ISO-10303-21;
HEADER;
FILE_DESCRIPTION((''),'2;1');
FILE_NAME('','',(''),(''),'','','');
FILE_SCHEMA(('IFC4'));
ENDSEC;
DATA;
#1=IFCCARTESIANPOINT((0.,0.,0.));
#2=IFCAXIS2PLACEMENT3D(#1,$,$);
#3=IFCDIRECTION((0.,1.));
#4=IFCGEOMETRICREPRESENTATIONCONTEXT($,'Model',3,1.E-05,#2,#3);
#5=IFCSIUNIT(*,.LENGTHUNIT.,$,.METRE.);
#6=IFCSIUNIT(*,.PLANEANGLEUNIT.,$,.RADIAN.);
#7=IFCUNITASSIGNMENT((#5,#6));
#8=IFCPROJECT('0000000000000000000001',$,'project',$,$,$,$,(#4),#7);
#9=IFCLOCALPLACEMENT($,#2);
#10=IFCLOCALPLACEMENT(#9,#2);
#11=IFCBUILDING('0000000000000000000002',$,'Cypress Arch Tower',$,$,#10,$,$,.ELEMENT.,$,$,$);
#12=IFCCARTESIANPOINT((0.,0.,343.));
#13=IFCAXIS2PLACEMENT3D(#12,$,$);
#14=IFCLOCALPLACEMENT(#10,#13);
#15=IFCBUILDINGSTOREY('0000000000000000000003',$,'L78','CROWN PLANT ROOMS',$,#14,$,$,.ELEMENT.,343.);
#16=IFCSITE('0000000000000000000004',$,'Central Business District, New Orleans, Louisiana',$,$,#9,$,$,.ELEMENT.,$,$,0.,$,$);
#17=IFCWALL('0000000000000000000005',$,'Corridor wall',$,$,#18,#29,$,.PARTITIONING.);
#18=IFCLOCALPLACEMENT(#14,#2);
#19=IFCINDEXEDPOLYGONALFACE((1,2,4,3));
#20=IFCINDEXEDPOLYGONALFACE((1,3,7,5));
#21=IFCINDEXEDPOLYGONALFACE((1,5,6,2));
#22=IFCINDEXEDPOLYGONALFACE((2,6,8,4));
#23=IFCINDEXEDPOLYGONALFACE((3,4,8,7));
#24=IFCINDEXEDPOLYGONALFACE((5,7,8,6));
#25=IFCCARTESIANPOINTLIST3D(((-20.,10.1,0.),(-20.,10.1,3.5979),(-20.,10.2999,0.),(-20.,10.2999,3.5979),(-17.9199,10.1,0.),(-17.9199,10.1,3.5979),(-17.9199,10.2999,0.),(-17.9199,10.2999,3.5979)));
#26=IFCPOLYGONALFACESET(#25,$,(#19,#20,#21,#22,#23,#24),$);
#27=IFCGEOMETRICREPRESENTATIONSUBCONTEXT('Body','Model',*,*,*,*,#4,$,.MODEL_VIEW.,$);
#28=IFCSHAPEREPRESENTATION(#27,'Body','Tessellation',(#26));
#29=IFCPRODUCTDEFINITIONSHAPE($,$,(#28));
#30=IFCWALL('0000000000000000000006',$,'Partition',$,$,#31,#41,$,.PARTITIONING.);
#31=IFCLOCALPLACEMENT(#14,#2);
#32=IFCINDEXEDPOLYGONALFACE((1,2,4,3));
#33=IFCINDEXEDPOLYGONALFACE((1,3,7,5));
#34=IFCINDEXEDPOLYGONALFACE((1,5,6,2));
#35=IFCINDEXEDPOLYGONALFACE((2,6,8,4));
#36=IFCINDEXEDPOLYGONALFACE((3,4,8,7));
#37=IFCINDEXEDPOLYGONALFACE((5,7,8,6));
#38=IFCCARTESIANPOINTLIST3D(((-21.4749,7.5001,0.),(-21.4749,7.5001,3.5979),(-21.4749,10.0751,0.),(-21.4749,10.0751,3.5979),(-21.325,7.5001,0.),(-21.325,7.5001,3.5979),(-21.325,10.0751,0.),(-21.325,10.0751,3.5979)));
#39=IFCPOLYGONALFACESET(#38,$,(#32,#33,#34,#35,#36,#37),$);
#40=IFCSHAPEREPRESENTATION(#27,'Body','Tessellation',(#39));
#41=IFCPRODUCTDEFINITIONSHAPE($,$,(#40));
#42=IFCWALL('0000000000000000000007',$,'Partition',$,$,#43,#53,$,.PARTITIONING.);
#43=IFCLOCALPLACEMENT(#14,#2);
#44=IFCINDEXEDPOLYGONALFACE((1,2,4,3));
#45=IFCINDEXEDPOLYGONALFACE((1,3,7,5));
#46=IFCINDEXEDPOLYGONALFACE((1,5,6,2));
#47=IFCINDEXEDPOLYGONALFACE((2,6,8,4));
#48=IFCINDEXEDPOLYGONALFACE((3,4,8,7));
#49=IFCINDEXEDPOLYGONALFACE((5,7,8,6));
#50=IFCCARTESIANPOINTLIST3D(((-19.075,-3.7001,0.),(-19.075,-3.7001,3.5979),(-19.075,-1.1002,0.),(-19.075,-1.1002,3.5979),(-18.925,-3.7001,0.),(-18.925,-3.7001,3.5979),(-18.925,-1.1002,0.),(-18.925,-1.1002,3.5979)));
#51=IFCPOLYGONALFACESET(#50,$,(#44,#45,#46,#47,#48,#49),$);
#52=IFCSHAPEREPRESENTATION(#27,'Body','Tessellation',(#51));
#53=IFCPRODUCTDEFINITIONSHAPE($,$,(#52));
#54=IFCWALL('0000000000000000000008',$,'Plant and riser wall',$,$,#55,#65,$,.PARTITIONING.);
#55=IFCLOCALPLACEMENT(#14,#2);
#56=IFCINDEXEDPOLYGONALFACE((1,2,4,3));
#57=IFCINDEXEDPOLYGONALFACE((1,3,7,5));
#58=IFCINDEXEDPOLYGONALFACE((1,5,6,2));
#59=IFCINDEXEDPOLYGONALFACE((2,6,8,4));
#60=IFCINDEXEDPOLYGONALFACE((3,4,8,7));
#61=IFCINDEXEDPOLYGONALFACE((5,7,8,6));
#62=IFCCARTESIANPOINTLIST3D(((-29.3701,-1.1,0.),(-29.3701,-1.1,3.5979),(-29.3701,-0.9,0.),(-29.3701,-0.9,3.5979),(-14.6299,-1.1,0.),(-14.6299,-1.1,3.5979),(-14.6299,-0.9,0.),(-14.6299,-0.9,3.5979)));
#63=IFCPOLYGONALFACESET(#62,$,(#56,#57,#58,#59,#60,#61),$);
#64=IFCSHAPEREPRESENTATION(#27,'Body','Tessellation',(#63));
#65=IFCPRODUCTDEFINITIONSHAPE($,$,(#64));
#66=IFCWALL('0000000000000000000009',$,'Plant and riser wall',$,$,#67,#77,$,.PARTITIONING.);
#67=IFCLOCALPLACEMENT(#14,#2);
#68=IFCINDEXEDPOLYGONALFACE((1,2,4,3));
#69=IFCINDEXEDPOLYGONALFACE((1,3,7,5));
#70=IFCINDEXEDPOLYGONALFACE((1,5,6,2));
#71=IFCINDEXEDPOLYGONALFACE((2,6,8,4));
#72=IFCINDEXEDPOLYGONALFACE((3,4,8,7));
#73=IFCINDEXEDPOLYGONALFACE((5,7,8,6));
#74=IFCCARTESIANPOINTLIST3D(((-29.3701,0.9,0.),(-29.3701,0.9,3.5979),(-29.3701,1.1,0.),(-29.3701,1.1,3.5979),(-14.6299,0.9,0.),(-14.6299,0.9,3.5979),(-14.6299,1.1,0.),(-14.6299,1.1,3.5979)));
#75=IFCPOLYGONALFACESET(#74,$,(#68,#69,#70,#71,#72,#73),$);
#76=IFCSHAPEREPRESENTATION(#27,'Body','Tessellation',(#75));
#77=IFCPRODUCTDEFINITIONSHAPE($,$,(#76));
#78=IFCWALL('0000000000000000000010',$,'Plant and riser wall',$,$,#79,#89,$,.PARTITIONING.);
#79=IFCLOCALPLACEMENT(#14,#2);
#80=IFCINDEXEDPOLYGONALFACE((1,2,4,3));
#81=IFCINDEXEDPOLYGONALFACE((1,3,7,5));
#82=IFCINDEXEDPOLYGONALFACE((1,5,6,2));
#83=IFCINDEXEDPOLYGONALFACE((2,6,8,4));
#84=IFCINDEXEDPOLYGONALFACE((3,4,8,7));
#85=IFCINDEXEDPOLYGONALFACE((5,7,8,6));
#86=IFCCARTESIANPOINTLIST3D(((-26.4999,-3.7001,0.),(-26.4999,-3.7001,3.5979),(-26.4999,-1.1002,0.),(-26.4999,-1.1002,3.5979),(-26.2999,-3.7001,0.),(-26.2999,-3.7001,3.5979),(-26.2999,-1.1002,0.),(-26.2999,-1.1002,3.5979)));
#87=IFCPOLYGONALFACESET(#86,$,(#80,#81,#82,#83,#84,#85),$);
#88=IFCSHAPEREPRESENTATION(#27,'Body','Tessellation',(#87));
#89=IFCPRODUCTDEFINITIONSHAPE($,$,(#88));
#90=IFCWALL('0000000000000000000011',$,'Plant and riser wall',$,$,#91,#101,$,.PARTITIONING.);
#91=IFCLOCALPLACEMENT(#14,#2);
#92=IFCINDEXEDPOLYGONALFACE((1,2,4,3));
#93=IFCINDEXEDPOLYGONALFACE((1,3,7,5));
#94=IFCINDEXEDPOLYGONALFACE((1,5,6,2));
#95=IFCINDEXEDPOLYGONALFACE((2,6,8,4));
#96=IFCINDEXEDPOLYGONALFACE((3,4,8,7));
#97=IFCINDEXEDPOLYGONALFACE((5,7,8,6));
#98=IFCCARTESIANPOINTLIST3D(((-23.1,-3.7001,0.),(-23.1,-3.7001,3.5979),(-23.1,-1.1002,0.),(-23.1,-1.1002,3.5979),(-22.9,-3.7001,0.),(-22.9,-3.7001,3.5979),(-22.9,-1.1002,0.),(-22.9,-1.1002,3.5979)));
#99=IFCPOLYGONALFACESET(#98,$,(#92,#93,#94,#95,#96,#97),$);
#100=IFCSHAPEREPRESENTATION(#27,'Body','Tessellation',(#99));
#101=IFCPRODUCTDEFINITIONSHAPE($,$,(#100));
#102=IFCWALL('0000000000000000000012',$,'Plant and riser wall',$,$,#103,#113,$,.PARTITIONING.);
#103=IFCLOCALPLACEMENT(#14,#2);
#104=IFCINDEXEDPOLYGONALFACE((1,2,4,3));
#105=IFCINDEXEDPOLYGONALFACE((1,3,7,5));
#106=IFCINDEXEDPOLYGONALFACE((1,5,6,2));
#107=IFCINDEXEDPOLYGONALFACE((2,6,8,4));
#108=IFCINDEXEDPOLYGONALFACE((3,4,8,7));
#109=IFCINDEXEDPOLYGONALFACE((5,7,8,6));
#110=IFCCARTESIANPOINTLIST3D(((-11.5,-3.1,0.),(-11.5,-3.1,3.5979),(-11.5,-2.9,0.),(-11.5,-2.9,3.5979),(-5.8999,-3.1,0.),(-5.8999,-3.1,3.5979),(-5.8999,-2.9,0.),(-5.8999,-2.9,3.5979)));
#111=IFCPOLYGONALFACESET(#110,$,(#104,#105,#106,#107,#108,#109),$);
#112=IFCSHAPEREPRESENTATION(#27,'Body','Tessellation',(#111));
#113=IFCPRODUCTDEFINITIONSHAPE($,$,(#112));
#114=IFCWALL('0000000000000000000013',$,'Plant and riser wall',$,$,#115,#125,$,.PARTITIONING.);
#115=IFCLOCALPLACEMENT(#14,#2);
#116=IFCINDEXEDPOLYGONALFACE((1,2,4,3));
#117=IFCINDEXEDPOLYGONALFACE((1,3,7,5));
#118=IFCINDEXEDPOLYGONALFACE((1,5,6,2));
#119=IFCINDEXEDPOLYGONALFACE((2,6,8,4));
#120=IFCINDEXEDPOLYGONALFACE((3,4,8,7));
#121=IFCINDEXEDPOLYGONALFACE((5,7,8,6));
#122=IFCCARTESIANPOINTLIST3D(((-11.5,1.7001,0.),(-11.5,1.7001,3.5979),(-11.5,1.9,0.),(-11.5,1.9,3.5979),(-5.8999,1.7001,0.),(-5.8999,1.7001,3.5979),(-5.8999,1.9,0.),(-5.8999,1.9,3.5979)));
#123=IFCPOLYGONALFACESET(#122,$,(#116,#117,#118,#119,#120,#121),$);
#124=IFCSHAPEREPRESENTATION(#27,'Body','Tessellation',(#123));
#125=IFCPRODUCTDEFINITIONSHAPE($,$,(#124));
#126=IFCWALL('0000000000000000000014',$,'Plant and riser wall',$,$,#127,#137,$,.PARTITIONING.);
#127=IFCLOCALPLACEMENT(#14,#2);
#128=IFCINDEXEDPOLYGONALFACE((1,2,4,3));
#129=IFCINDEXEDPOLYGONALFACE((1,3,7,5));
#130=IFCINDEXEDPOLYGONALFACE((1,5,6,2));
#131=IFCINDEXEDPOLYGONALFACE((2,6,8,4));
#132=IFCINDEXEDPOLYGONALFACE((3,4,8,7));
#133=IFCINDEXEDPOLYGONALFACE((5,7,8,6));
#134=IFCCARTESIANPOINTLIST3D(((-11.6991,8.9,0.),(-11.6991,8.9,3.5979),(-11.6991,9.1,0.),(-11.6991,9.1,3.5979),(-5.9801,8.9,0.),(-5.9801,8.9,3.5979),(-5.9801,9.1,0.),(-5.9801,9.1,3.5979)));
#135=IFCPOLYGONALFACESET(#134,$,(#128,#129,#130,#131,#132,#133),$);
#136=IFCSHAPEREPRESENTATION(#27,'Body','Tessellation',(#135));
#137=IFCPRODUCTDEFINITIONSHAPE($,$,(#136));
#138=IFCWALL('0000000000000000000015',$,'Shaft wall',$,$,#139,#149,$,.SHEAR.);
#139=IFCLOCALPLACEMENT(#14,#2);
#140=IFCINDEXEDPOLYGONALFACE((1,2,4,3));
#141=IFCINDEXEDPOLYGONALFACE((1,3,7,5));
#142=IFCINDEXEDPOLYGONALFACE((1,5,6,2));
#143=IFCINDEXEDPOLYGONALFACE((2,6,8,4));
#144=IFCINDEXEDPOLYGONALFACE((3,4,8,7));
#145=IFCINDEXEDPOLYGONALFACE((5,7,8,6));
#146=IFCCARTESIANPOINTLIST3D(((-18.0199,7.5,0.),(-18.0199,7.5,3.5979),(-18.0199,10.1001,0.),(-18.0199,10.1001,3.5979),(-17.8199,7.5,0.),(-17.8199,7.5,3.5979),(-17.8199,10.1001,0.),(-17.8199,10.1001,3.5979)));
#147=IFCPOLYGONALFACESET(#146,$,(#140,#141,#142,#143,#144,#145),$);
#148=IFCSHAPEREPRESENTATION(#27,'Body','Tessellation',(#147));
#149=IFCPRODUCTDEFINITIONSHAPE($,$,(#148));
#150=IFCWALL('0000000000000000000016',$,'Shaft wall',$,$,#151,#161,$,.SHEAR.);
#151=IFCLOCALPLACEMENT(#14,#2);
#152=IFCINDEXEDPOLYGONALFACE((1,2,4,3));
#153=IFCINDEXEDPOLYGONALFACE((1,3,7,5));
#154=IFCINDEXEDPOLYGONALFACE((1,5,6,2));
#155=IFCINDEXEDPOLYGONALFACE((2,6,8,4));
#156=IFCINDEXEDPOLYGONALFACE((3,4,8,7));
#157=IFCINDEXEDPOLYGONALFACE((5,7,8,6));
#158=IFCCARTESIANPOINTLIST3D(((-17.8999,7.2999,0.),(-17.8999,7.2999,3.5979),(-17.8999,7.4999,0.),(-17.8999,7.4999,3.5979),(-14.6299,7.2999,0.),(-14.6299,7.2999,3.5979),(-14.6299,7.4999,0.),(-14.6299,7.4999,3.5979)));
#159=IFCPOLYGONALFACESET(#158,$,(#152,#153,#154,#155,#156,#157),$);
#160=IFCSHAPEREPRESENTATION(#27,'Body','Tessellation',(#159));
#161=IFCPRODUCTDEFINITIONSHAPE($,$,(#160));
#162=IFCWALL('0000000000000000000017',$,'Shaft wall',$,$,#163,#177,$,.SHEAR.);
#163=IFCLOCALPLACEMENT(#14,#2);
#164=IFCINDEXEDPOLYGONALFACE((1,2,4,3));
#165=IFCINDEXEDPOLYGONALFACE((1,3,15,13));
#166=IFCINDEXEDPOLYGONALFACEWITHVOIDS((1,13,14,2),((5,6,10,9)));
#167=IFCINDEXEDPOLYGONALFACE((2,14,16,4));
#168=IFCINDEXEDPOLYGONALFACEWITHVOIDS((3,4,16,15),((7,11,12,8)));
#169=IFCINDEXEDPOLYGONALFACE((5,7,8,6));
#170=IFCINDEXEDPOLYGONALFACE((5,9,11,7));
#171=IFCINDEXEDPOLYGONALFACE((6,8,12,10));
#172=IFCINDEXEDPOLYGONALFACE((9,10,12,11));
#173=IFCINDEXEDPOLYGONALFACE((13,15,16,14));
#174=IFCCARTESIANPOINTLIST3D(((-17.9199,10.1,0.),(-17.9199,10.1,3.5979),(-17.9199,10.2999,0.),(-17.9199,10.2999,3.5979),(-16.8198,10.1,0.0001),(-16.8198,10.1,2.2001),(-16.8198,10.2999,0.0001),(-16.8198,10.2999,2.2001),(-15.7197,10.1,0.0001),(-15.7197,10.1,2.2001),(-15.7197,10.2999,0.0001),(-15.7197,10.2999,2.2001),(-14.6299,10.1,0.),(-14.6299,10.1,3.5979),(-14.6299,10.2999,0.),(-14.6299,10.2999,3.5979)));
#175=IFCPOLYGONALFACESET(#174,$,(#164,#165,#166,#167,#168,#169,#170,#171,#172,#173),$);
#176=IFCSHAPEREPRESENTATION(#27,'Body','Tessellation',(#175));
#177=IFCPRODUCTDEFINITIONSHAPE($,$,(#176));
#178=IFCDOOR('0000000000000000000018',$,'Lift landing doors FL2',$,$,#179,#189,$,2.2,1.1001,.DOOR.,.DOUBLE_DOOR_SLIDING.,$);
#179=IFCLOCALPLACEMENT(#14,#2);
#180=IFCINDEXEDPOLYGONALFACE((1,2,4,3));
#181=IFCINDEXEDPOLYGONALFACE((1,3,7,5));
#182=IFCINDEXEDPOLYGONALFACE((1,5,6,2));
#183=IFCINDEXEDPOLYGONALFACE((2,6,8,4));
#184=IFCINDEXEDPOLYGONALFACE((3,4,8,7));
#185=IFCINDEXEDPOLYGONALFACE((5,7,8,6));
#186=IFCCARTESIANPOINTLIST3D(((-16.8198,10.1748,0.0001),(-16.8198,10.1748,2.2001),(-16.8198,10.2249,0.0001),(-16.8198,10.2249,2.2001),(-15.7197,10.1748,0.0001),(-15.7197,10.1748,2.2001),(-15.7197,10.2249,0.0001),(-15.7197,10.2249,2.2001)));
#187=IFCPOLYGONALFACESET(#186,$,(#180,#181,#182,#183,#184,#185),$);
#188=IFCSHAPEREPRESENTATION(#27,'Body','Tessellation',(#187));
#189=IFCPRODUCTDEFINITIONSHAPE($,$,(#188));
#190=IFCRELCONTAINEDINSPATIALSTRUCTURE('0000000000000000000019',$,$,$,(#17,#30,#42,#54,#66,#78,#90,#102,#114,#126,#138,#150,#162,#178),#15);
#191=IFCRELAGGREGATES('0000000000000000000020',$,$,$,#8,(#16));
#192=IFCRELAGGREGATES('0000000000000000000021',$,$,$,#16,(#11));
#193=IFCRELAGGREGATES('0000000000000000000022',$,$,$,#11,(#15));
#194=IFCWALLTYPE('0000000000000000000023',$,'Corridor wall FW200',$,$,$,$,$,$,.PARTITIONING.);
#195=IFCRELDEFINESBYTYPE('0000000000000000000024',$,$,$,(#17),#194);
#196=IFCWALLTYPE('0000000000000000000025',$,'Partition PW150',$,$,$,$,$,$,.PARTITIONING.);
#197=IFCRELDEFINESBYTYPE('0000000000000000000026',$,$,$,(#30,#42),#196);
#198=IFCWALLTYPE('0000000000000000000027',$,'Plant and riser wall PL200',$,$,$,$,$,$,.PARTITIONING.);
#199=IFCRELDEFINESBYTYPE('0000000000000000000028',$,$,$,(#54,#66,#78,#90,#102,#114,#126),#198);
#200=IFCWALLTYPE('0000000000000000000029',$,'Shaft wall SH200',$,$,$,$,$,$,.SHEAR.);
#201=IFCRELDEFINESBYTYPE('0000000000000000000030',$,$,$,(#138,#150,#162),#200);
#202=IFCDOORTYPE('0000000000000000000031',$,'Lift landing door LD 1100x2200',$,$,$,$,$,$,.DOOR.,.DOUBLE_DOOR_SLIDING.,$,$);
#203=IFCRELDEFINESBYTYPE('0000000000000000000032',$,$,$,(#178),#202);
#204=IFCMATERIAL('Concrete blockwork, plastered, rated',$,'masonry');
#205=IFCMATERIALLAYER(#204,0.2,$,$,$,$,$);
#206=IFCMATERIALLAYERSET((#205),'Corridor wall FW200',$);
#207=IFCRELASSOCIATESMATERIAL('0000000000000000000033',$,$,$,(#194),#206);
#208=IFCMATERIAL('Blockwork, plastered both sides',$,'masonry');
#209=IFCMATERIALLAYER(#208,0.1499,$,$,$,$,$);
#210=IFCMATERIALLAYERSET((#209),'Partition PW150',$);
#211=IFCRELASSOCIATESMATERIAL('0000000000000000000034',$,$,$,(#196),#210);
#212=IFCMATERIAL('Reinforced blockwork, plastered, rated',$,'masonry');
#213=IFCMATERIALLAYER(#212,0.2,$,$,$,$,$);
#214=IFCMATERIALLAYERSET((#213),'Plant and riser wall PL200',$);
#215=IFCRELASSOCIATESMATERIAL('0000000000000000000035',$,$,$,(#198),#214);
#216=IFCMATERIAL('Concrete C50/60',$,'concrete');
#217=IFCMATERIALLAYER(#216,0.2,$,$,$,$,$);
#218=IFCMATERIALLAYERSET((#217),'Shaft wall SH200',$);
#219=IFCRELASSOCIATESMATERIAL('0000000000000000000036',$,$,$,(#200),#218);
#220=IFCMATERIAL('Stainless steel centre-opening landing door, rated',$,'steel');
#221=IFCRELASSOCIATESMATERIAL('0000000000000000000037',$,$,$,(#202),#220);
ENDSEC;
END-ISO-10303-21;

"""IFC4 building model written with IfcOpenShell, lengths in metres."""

from ifc_helpers import new_model, si_unit, direction, frame, frame_2d, origin, place, context, subcontext, project, spatial, rectangle, extrude, material, layer, layer_set, type_object, element, fill, save


model = new_model("IFC4")

# Units and contexts
model_context = context("Model", 3, precision=1e-05, world=origin(), true_north=direction((0.0, 1.0)))
body_context = subcontext(model_context, "Body", "Model", "MODEL_VIEW")
ifc_project = project(units=[si_unit("LENGTHUNIT", "METRE"), si_unit("PLANEANGLEUNIT", "RADIAN")], contexts=[model_context])

# Site, building, storey
site_placement = place(None, origin())
site = spatial("IfcSite", under=ifc_project, at=site_placement, Name="Central Business District, New Orleans, Louisiana", CompositionType="ELEMENT", RefElevation=0.0)
building_placement = place(site_placement, origin())
building = spatial("IfcBuilding", under=site, at=building_placement, Name="Cypress Arch Tower", CompositionType="ELEMENT")
storey_placement = place(building_placement, frame((0.0, 0.0, 343.0)))
storey = spatial("IfcBuildingStorey", under=building, at=storey_placement, Name="L78", Description="CROWN PLANT ROOMS", CompositionType="ELEMENT", Elevation=343.0)

# Shared definitions
ifc_material_1 = material(Name="Concrete blockwork, plastered, rated", Category="masonry")
ifc_layer_1 = layer(ifc_material_1, 0.2)
ifc_layer_set_1 = layer_set([ifc_layer_1], Name="Corridor wall FW200")
wall_type_1 = type_object("IfcWallType", Name="Corridor wall FW200", PredefinedType="PARTITIONING", material=ifc_layer_set_1)

# Walls
wall_1_placement = place(storey_placement, frame((-20.0, 10.2, 0.0), z_axis=(0.0, 0.0, 1.0), x_axis=(1.0, 0.0, 0.0)))
element("IfcWall", 1, at=wall_1_placement, inside=storey, type_object=wall_type_1, Name="Corridor wall", PredefinedType="PARTITIONING", context=body_context, shape_type="SweptSolid", body=[
    extrude(rectangle(XDim=2.0801, YDim=0.2, at=frame_2d((1.04, 0.0))), origin(), (0.0, 0.0, 1.0), 3.5979),
])
ifc_material_2 = material(Name="Blockwork, plastered both sides", Category="masonry")
ifc_layer_2 = layer(ifc_material_2, 0.1499)
ifc_layer_set_2 = layer_set([ifc_layer_2], Name="Partition PW150")
wall_type_2 = type_object("IfcWallType", Name="Partition PW150", PredefinedType="PARTITIONING", material=ifc_layer_set_2)
wall_2_placement = place(storey_placement, frame((-21.3999, 7.5, 0.0), z_axis=(0.0, 0.0, 1.0), x_axis=(0.0, 1.0, 0.0)))
element("IfcWall", 2, at=wall_2_placement, inside=storey, type_object=wall_type_2, Name="Partition", PredefinedType="PARTITIONING", context=body_context, shape_type="SweptSolid", body=[
    extrude(rectangle(XDim=2.575, YDim=0.1499, at=frame_2d((1.2876, 0.0))), origin(), (0.0, 0.0, 1.0), 3.5979),
])
wall_3_placement = place(storey_placement, frame((-19.0, -3.7, 0.0), z_axis=(0.0, 0.0, 1.0), x_axis=(0.0, 1.0, 0.0)))
element("IfcWall", 3, at=wall_3_placement, inside=storey, type_object=wall_type_2, Name="Partition", PredefinedType="PARTITIONING", context=body_context, shape_type="SweptSolid", body=[
    extrude(rectangle(XDim=2.5999, YDim=0.1499, at=frame_2d((1.2998, 0.0))), origin(), (0.0, 0.0, 1.0), 3.5979),
])
ifc_material_3 = material(Name="Reinforced blockwork, plastered, rated", Category="masonry")
ifc_layer_3 = layer(ifc_material_3, 0.2)
ifc_layer_set_3 = layer_set([ifc_layer_3], Name="Plant and riser wall PL200")
wall_type_3 = type_object("IfcWallType", Name="Plant and riser wall PL200", PredefinedType="PARTITIONING", material=ifc_layer_set_3)
for number, where, z_axis, x_axis, name in (
    (4, (-29.3701, -1.0, 0.0), (0.0, 0.0, 1.0), (1.0, 0.0, 0.0), "Plant and riser wall"),
    (5, (-29.3701, 1.0, 0.0), (0.0, 0.0, 1.0), (1.0, 0.0, 0.0), "Plant and riser wall"),
):
    element("IfcWall", number, at=place(storey_placement, frame(where, z_axis=z_axis, x_axis=x_axis)), inside=storey, type_object=wall_type_3, Name=name, PredefinedType="PARTITIONING", context=body_context, shape_type="SweptSolid", body=[
        extrude(rectangle(XDim=14.7402, YDim=0.2, at=frame_2d((7.3701, 0.0))), origin(), (0.0, 0.0, 1.0), 3.5979),
    ])
for number, where, z_axis, x_axis, name in (
    (6, (-26.3999, -3.7, 0.0), (0.0, 0.0, 1.0), (0.0, 1.0, 0.0), "Plant and riser wall"),
    (7, (-23.0, -3.7, 0.0), (0.0, 0.0, 1.0), (0.0, 1.0, 0.0), "Plant and riser wall"),
):
    element("IfcWall", number, at=place(storey_placement, frame(where, z_axis=z_axis, x_axis=x_axis)), inside=storey, type_object=wall_type_3, Name=name, PredefinedType="PARTITIONING", context=body_context, shape_type="SweptSolid", body=[
        extrude(rectangle(XDim=2.5999, YDim=0.2, at=frame_2d((1.2998, 0.0))), origin(), (0.0, 0.0, 1.0), 3.5979),
    ])
for number, where, z_axis, x_axis, name in (
    (8, (-11.5, -3.0, 0.0), (0.0, 0.0, 1.0), (1.0, 0.0, 0.0), "Plant and riser wall"),
    (9, (-11.5, 1.8, 0.0), (0.0, 0.0, 1.0), (1.0, 0.0, 0.0), "Plant and riser wall"),
):
    element("IfcWall", number, at=place(storey_placement, frame(where, z_axis=z_axis, x_axis=x_axis)), inside=storey, type_object=wall_type_3, Name=name, PredefinedType="PARTITIONING", context=body_context, shape_type="SweptSolid", body=[
        extrude(rectangle(XDim=5.6001, YDim=0.2, at=frame_2d((2.8, 0.0))), origin(), (0.0, 0.0, 1.0), 3.5979),
    ])
wall_4_placement = place(storey_placement, frame((-11.699, 9.0, 0.0), z_axis=(0.0, 0.0, 1.0), x_axis=(1.0, 0.0, 0.0)))
element("IfcWall", 10, at=wall_4_placement, inside=storey, type_object=wall_type_3, Name="Plant and riser wall", PredefinedType="PARTITIONING", context=body_context, shape_type="SweptSolid", body=[
    extrude(rectangle(XDim=5.719, YDim=0.2, at=frame_2d((2.8594, 0.0))), origin(), (0.0, 0.0, 1.0), 3.5979),
])
ifc_material_4 = material(Name="Concrete C50/60", Category="concrete")
ifc_layer_4 = layer(ifc_material_4, 0.2)
ifc_layer_set_4 = layer_set([ifc_layer_4], Name="Shaft wall SH200")
wall_type_4 = type_object("IfcWallType", Name="Shaft wall SH200", PredefinedType="SHEAR", material=ifc_layer_set_4)
wall_5_placement = place(storey_placement, frame((-17.9199, 7.5, 0.0), z_axis=(0.0, 0.0, 1.0), x_axis=(0.0, 1.0, 0.0)))
element("IfcWall", 11, at=wall_5_placement, inside=storey, type_object=wall_type_4, Name="Shaft wall", PredefinedType="SHEAR", context=body_context, shape_type="SweptSolid", body=[
    extrude(rectangle(XDim=2.6001, YDim=0.2, at=frame_2d((1.3, 0.0))), origin(), (0.0, 0.0, 1.0), 3.5979),
])
wall_6_placement = place(storey_placement, frame((-17.8999, 7.3999, 0.0), z_axis=(0.0, 0.0, 1.0), x_axis=(1.0, 0.0, 0.0)))
element("IfcWall", 12, at=wall_6_placement, inside=storey, type_object=wall_type_4, Name="Shaft wall", PredefinedType="SHEAR", context=body_context, shape_type="SweptSolid", body=[
    extrude(rectangle(XDim=3.27, YDim=0.2, at=frame_2d((1.635, 0.0))), origin(), (0.0, 0.0, 1.0), 3.5979),
])

# Wall, opening, door
wall_7_placement = place(storey_placement, frame((-17.9199, 10.2, 0.0), z_axis=(0.0, 0.0, 1.0), x_axis=(1.0, 0.0, 0.0)))
wall_7 = element("IfcWall", 13, at=wall_7_placement, inside=storey, type_object=wall_type_4, Name="Shaft wall", PredefinedType="SHEAR", context=body_context, shape_type="SweptSolid", body=[
    extrude(rectangle(XDim=3.29, YDim=0.2, at=frame_2d((1.645, 0.0))), origin(), (0.0, 0.0, 1.0), 3.5979),
])
opening_1_placement = place(wall_7_placement, frame((1.1001, 0.0, 0.0)))
opening_1 = element("IfcOpeningElement", 14, at=opening_1_placement, cuts=wall_7, PredefinedType="OPENING", context=body_context, shape_type="SweptSolid", body=[
    extrude(rectangle(XDim=1.1001, YDim=2.2, at=frame_2d((0.55, 1.1001))), frame((0.0, 0.1099, 0.0), z_axis=(0.0, -1.0, 0.0), x_axis=(1.0, 0.0, 0.0)), (0.0, 0.0, 1.0), 0.22),
])
ifc_material_5 = material(Name="Stainless steel centre-opening landing door, rated", Category="steel")
door_type_1 = type_object("IfcDoorType", Name="Lift landing door LD 1100x2200", OperationType="DOUBLE_DOOR_SLIDING", PredefinedType="DOOR", material=ifc_material_5)
door_1_placement = place(opening_1_placement, origin())
door_1 = element("IfcDoor", 15, at=door_1_placement, inside=storey, type_object=door_type_1, Name="Lift landing doors FL2", OperationType="DOUBLE_DOOR_SLIDING", OverallHeight=2.2, OverallWidth=1.1001, PredefinedType="DOOR", context=body_context, shape_type="SweptSolid", body=[
    extrude(rectangle(XDim=1.1001, YDim=2.2, at=frame_2d((0.55, 1.1001))), frame((0.0, 0.0249, 0.0), z_axis=(0.0, -1.0, 0.0), x_axis=(1.0, 0.0, 0.0)), (0.0, 0.0, 1.0), 0.05),
])
fill(opening_1, door_1)

save(model, "model.ifc")
